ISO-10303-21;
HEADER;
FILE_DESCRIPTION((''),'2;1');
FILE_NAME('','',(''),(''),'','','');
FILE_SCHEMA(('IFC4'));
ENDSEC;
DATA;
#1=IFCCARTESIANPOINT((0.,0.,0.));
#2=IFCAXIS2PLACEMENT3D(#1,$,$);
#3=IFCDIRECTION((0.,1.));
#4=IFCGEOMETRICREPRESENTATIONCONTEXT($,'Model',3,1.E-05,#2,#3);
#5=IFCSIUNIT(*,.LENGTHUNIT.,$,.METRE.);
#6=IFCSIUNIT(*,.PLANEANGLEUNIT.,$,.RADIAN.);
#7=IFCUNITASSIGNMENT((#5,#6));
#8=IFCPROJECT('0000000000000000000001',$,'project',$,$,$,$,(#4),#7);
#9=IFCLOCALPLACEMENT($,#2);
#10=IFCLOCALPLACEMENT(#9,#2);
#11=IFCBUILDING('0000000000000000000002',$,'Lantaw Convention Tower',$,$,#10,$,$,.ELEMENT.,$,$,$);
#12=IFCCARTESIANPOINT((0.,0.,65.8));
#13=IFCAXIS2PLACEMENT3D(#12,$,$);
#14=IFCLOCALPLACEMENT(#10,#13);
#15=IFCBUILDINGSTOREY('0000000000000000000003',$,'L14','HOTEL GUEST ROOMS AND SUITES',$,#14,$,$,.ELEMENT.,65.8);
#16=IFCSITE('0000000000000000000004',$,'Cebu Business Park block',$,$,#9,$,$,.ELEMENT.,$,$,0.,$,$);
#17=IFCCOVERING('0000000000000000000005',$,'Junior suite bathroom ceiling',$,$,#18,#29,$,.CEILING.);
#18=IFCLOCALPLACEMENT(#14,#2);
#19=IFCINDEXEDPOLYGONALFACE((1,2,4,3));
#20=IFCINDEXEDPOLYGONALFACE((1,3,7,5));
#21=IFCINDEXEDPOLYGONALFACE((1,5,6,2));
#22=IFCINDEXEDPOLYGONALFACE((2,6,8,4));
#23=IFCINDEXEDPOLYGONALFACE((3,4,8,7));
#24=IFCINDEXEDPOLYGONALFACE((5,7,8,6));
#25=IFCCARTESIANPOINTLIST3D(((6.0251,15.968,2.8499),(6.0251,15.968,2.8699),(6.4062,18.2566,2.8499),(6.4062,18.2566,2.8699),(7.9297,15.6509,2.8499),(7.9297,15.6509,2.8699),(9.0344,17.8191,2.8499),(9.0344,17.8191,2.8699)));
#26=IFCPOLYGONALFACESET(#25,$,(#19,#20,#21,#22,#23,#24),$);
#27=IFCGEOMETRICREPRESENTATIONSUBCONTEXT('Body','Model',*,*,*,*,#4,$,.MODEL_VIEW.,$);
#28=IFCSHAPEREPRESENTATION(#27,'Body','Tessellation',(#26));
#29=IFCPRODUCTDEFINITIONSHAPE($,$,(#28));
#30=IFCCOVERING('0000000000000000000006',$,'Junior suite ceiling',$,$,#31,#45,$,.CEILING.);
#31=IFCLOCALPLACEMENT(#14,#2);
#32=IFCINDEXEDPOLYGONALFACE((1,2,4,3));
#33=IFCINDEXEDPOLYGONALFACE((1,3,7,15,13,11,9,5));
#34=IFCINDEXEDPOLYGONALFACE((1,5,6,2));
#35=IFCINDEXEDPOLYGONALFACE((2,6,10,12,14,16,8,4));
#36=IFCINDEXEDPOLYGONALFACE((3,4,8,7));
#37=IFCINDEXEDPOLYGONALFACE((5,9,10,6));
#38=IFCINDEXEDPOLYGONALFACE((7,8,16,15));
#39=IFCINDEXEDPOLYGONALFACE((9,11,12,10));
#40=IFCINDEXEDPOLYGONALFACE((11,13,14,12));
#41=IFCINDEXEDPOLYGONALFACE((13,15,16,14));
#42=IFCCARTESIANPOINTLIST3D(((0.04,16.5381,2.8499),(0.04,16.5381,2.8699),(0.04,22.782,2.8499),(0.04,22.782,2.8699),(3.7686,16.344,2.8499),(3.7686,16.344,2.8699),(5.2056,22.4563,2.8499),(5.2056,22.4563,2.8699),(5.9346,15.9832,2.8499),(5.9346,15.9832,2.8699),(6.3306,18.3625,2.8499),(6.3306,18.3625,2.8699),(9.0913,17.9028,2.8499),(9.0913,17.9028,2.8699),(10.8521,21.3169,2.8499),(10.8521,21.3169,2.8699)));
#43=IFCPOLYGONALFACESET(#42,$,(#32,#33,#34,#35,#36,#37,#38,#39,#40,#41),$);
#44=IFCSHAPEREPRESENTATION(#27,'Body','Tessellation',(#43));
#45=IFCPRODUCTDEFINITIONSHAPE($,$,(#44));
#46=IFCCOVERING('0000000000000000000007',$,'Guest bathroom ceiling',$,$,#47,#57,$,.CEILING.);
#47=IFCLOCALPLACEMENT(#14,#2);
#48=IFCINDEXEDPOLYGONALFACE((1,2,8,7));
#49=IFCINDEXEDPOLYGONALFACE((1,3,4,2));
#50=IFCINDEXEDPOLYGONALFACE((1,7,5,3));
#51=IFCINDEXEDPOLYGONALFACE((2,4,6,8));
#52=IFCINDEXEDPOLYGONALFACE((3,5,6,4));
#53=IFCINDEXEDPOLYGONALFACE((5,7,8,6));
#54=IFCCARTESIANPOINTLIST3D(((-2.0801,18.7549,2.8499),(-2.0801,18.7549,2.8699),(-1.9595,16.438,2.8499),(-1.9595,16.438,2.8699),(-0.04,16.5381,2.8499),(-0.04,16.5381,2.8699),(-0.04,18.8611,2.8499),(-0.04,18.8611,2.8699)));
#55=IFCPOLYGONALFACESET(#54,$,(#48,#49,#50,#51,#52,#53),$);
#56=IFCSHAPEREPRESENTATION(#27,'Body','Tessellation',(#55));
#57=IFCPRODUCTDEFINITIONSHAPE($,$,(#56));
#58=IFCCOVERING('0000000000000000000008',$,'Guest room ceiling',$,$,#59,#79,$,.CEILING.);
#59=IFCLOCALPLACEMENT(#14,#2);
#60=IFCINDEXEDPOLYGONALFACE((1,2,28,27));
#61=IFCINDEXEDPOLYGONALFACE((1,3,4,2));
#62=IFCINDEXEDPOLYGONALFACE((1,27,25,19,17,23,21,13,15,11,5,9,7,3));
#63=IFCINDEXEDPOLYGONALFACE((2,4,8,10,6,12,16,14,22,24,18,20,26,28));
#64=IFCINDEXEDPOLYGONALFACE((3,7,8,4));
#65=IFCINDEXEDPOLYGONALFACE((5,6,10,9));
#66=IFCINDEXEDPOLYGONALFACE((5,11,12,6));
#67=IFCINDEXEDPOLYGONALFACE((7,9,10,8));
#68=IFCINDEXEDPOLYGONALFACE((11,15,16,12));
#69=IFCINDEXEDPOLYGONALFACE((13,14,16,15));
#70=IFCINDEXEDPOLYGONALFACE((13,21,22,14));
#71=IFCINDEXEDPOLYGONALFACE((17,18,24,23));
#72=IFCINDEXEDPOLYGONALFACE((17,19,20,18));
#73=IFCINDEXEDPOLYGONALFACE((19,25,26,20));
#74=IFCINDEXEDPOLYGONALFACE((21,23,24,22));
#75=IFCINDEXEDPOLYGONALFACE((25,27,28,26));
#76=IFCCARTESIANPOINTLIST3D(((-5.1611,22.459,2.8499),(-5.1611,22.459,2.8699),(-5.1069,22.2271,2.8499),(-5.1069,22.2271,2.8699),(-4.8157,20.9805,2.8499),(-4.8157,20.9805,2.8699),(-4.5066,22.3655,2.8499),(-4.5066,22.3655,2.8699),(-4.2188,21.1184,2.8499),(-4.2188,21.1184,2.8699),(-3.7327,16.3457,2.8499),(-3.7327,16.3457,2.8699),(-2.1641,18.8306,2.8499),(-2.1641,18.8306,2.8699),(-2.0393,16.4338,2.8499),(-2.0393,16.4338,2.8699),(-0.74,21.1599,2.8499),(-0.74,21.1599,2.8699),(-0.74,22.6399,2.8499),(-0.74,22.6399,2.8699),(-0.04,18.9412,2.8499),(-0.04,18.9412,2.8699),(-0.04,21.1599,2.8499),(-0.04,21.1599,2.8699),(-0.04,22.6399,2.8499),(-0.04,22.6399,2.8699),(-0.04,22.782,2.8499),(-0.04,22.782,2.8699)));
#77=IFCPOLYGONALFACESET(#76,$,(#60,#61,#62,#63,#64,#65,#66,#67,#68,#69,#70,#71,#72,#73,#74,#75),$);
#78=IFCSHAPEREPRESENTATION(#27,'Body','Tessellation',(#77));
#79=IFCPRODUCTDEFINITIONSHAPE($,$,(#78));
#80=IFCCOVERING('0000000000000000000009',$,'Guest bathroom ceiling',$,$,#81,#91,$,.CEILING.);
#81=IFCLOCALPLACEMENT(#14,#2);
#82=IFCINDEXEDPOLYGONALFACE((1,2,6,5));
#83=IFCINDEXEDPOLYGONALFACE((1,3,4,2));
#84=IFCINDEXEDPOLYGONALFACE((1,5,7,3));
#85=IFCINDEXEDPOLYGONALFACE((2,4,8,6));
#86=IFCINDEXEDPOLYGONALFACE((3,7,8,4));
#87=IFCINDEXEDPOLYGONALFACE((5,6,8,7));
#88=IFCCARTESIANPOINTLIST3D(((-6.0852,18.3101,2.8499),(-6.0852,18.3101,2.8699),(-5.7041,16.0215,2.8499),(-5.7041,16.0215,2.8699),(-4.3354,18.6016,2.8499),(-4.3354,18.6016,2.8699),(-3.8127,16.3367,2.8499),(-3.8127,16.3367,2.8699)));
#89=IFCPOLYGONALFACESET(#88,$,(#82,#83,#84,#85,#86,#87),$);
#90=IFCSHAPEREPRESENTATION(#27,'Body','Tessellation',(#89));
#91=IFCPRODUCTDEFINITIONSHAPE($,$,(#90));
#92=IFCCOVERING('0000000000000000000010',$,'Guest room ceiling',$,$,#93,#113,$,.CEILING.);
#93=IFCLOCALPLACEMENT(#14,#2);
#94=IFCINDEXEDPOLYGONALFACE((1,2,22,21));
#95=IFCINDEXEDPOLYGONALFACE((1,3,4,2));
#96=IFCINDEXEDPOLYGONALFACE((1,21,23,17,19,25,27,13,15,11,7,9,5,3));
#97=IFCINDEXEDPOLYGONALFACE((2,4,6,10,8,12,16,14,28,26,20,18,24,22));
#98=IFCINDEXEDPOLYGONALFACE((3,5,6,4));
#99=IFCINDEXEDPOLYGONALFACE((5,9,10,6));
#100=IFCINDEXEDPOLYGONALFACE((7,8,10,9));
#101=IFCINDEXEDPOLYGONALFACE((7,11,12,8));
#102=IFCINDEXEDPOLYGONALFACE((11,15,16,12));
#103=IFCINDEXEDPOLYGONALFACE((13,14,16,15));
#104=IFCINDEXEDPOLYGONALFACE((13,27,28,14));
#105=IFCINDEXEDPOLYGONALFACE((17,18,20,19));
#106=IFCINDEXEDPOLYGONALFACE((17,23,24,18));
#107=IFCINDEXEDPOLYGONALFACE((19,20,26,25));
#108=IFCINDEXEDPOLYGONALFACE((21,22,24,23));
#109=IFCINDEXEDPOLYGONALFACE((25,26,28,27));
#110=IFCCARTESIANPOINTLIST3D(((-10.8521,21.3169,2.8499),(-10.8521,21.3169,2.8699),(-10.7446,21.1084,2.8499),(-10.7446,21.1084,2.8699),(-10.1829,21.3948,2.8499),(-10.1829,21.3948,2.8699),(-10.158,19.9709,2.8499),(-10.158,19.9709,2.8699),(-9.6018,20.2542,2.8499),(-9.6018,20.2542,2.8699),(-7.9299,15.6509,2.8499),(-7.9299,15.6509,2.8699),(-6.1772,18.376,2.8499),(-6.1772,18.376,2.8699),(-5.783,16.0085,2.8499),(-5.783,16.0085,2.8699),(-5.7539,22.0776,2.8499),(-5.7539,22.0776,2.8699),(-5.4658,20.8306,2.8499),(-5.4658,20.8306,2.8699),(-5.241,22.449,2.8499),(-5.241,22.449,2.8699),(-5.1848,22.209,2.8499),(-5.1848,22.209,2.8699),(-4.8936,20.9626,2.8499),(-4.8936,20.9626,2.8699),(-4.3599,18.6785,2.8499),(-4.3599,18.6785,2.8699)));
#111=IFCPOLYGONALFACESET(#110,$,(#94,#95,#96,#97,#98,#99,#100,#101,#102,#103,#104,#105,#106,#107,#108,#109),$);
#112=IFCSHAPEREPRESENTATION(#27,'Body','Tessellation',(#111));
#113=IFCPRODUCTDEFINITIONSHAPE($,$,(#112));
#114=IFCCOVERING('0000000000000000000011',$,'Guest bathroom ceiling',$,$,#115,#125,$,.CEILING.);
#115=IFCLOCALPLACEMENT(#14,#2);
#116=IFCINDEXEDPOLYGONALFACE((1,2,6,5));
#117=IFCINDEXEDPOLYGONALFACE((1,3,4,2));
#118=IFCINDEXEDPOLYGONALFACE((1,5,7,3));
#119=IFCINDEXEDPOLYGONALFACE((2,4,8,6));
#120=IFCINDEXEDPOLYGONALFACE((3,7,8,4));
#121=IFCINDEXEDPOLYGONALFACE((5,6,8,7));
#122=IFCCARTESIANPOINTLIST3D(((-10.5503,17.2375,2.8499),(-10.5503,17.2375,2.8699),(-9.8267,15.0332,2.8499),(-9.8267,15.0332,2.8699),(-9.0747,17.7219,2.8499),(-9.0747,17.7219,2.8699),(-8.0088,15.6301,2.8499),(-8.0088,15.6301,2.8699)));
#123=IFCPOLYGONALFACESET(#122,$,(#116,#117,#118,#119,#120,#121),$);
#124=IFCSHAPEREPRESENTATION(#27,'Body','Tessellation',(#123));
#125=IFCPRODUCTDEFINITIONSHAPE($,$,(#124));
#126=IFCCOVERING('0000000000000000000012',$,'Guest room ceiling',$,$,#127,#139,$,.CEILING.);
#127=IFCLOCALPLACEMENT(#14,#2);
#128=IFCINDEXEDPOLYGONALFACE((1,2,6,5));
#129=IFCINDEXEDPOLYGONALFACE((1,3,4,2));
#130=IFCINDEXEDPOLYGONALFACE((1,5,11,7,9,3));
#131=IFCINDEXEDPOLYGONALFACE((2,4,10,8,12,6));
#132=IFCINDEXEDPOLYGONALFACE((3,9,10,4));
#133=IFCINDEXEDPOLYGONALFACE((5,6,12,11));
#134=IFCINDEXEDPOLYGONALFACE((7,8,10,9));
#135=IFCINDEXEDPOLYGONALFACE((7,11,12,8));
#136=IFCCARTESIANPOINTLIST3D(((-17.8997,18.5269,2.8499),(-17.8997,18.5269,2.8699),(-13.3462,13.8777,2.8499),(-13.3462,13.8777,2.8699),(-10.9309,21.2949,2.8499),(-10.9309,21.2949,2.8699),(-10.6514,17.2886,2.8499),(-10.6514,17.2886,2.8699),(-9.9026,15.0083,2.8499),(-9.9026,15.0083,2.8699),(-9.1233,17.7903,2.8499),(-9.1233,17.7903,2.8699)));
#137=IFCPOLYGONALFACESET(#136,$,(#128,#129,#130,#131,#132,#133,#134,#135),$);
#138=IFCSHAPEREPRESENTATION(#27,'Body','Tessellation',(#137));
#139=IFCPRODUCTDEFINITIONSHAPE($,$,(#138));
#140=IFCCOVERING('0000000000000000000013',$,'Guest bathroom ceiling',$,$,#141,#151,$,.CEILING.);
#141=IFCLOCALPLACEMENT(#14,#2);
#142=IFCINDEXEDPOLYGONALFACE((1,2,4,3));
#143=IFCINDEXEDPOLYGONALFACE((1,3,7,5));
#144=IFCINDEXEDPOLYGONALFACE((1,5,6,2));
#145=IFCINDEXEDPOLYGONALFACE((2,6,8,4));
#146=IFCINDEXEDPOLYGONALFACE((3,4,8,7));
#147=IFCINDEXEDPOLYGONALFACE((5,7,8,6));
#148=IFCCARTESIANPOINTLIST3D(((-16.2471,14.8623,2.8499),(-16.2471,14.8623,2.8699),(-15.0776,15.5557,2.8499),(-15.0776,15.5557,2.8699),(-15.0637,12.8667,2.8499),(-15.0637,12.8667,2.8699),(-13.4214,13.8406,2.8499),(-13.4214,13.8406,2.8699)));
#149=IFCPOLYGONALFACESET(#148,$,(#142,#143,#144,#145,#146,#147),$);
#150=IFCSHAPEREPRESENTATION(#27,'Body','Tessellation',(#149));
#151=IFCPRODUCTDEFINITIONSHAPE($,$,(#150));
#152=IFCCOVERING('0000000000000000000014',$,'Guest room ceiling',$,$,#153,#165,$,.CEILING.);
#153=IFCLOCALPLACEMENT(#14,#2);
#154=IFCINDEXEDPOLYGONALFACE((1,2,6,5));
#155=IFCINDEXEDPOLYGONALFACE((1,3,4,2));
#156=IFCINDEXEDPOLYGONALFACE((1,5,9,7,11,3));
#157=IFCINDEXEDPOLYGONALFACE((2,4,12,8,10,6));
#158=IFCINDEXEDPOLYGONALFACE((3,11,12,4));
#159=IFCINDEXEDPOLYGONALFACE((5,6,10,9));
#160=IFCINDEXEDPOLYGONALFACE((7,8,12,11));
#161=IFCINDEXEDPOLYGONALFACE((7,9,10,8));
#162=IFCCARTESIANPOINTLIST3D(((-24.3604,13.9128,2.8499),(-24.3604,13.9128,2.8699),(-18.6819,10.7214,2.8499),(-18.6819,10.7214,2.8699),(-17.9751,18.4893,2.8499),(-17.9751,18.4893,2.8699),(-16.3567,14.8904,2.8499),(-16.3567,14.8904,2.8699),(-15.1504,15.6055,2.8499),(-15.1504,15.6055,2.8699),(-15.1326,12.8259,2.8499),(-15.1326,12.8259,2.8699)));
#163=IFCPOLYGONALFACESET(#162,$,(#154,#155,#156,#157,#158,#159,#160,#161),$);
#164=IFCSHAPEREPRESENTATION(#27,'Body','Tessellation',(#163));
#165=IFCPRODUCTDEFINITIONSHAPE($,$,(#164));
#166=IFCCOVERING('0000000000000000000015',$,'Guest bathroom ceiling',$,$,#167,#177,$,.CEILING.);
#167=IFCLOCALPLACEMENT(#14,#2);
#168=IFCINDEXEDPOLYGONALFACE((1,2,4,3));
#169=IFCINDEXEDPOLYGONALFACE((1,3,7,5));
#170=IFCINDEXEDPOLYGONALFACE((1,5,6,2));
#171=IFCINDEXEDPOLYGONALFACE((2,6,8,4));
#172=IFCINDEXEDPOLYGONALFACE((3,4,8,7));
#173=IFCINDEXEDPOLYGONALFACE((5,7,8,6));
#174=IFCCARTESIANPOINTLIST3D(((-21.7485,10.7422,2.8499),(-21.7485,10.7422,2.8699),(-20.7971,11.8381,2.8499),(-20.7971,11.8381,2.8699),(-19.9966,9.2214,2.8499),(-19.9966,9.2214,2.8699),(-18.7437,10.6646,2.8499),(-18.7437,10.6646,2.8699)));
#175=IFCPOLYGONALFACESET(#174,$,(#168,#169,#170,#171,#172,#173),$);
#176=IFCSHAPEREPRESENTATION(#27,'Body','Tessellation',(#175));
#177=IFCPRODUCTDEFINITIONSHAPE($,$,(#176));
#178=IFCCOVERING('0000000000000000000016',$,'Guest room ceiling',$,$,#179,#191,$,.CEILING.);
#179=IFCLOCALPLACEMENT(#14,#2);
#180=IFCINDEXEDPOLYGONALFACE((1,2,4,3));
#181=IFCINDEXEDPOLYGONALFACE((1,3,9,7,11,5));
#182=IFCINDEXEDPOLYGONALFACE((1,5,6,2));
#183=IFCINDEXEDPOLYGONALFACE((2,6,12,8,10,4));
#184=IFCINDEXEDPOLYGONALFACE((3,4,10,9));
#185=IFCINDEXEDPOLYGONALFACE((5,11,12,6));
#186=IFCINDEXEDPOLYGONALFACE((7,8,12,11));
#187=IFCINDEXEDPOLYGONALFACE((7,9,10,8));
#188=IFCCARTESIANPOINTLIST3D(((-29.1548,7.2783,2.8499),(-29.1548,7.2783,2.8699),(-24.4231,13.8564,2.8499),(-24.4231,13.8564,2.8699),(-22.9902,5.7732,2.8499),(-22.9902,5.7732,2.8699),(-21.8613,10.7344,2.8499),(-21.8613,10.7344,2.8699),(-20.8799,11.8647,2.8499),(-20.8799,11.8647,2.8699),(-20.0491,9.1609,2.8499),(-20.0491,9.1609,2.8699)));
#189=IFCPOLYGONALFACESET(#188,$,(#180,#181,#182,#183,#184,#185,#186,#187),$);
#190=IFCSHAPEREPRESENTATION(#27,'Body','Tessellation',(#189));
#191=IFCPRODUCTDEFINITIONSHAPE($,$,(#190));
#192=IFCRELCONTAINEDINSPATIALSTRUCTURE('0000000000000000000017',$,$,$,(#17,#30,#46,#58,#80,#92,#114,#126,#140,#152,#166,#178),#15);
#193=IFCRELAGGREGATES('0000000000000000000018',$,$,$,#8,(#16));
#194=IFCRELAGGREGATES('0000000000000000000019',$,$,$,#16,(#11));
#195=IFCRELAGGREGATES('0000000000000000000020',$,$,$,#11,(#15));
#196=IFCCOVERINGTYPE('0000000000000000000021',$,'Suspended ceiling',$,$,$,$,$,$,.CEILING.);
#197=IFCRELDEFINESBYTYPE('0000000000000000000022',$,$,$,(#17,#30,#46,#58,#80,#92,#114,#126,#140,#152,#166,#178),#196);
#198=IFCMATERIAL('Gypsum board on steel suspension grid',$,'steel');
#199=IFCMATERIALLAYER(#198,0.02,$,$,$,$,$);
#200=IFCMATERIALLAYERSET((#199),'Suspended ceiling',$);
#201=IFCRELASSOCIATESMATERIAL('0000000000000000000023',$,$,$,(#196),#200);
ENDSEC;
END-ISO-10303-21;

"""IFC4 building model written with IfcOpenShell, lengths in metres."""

from ifc_helpers import new_model, si_unit, direction, frame, origin, place, context, subcontext, project, spatial, polyline, outline, extrude, material, layer, layer_set, type_object, element, save


model = new_model("IFC4")

# Units and contexts
model_context = context("Model", 3, precision=1e-05, world=origin(), true_north=direction((0.0, 1.0)))
body_context = subcontext(model_context, "Body", "Model", "MODEL_VIEW")
ifc_project = project(units=[si_unit("LENGTHUNIT", "METRE"), si_unit("PLANEANGLEUNIT", "RADIAN")], contexts=[model_context])

# Site, building, storey
site_placement = place(None, origin())
site = spatial("IfcSite", under=ifc_project, at=site_placement, Name="Cebu Business Park block", CompositionType="ELEMENT", RefElevation=0.0)
building_placement = place(site_placement, origin())
building = spatial("IfcBuilding", under=site, at=building_placement, Name="Lantaw Convention Tower", CompositionType="ELEMENT")
storey_placement = place(building_placement, frame((0.0, 0.0, 65.8)))
storey = spatial("IfcBuildingStorey", under=building, at=storey_placement, Name="L14", Description="HOTEL GUEST ROOMS AND SUITES", CompositionType="ELEMENT", Elevation=65.8)

# Coverings
ifc_material_1 = material(Name="Gypsum board on steel suspension grid", Category="steel")
ifc_layer_1 = layer(ifc_material_1, 0.02)
ifc_layer_set_1 = layer_set([ifc_layer_1], Name="Suspended ceiling")
covering_type = type_object("IfcCoveringType", Name="Suspended ceiling", PredefinedType="CEILING", material=ifc_layer_set_1)
covering_1_placement = place(storey_placement, frame((0.0, 0.0, 2.8499)))
element("IfcCovering", 1, at=covering_1_placement, inside=storey, type_object=covering_type, Name="Junior suite bathroom ceiling", PredefinedType="CEILING", context=body_context, shape_type="SweptSolid", body=[
    extrude(outline(polyline([(7.9297, 15.6509), (9.0344, 17.8191), (6.4062, 18.2566), (6.0251, 15.968), (7.9297, 15.6509)])), origin(), (0.0, 0.0, 1.0), 0.02),
])
covering_2_placement = place(storey_placement, frame((0.0, 0.0, 2.8499)))
element("IfcCovering", 2, at=covering_2_placement, inside=storey, type_object=covering_type, Name="Junior suite ceiling", PredefinedType="CEILING", context=body_context, shape_type="SweptSolid", body=[
    extrude(outline(polyline([(0.04, 16.5381), (3.7686, 16.344), (5.9346, 15.9832), (6.3306, 18.3625), (9.0913, 17.9028), (10.8521, 21.3169), (5.2056, 22.4563), (0.04, 22.782), (0.04, 16.5381)])), origin(), (0.0, 0.0, 1.0), 0.02),
])
covering_3_placement = place(storey_placement, frame((0.0, 0.0, 2.8499)))
element("IfcCovering", 3, at=covering_3_placement, inside=storey, type_object=covering_type, Name="Guest bathroom ceiling", PredefinedType="CEILING", context=body_context, shape_type="SweptSolid", body=[
    extrude(outline(polyline([(-0.04, 16.5381), (-0.04, 18.8611), (-2.0801, 18.7549), (-1.9595, 16.438), (-0.04, 16.5381)])), origin(), (0.0, 0.0, 1.0), 0.02),
])
covering_4_placement = place(storey_placement, frame((0.0, 0.0, 2.8499)))
element("IfcCovering", 4, at=covering_4_placement, inside=storey, type_object=covering_type, Name="Guest room ceiling", PredefinedType="CEILING", context=body_context, shape_type="SweptSolid", body=[
    extrude(outline(polyline([(-4.8157, 20.9805), (-3.7327, 16.3457), (-2.0393, 16.4338), (-2.1641, 18.8306), (-0.04, 18.9412), (-0.04, 21.1599), (-0.74, 21.1599), (-0.74, 22.6399), (-0.04, 22.6399), (-0.04, 22.782), (-5.1611, 22.459), (-5.1069, 22.2271), (-4.5066, 22.3655), (-4.2188, 21.1184), (-4.8157, 20.9805)])), origin(), (0.0, 0.0, 1.0), 0.02),
])
covering_5_placement = place(storey_placement, frame((0.0, 0.0, 2.8499)))
element("IfcCovering", 5, at=covering_5_placement, inside=storey, type_object=covering_type, Name="Guest bathroom ceiling", PredefinedType="CEILING", context=body_context, shape_type="SweptSolid", body=[
    extrude(outline(polyline([(-3.8127, 16.3367), (-4.3354, 18.6016), (-6.0852, 18.3101), (-5.7041, 16.0215), (-3.8127, 16.3367)])), origin(), (0.0, 0.0, 1.0), 0.02),
])
covering_6_placement = place(storey_placement, frame((0.0, 0.0, 2.8499)))
element("IfcCovering", 6, at=covering_6_placement, inside=storey, type_object=covering_type, Name="Guest room ceiling", PredefinedType="CEILING", context=body_context, shape_type="SweptSolid", body=[
    extrude(outline(polyline([(-10.158, 19.9709), (-7.9299, 15.6509), (-5.783, 16.0085), (-6.1772, 18.376), (-4.3599, 18.6785), (-4.8936, 20.9626), (-5.4658, 20.8306), (-5.7539, 22.0776), (-5.1848, 22.209), (-5.241, 22.449), (-10.8521, 21.3169), (-10.7446, 21.1084), (-10.1829, 21.3948), (-9.6018, 20.2542), (-10.158, 19.9709)])), origin(), (0.0, 0.0, 1.0), 0.02),
])
covering_7_placement = place(storey_placement, frame((0.0, 0.0, 2.8499)))
element("IfcCovering", 7, at=covering_7_placement, inside=storey, type_object=covering_type, Name="Guest bathroom ceiling", PredefinedType="CEILING", context=body_context, shape_type="SweptSolid", body=[
    extrude(outline(polyline([(-8.0088, 15.6301), (-9.0747, 17.7219), (-10.5503, 17.2375), (-9.8267, 15.0332), (-8.0088, 15.6301)])), origin(), (0.0, 0.0, 1.0), 0.02),
])
covering_8_placement = place(storey_placement, frame((0.0, 0.0, 2.8499)))
element("IfcCovering", 8, at=covering_8_placement, inside=storey, type_object=covering_type, Name="Guest room ceiling", PredefinedType="CEILING", context=body_context, shape_type="SweptSolid", body=[
    extrude(outline(polyline([(-13.3462, 13.8777), (-9.9026, 15.0083), (-10.6514, 17.2886), (-9.1233, 17.7903), (-10.9309, 21.2949), (-17.8997, 18.5269), (-13.3462, 13.8777)])), origin(), (0.0, 0.0, 1.0), 0.02),
])
covering_9_placement = place(storey_placement, frame((0.0, 0.0, 2.8499)))
element("IfcCovering", 9, at=covering_9_placement, inside=storey, type_object=covering_type, Name="Guest bathroom ceiling", PredefinedType="CEILING", context=body_context, shape_type="SweptSolid", body=[
    extrude(outline(polyline([(-13.4214, 13.8406), (-15.0776, 15.5557), (-16.2471, 14.8623), (-15.0637, 12.8667), (-13.4214, 13.8406)])), origin(), (0.0, 0.0, 1.0), 0.02),
])
covering_10_placement = place(storey_placement, frame((0.0, 0.0, 2.8499)))
element("IfcCovering", 10, at=covering_10_placement, inside=storey, type_object=covering_type, Name="Guest room ceiling", PredefinedType="CEILING", context=body_context, shape_type="SweptSolid", body=[
    extrude(outline(polyline([(-18.6819, 10.7214), (-15.1326, 12.8259), (-16.3567, 14.8904), (-15.1504, 15.6055), (-17.9751, 18.4893), (-24.3604, 13.9128), (-18.6819, 10.7214)])), origin(), (0.0, 0.0, 1.0), 0.02),
])
covering_11_placement = place(storey_placement, frame((0.0, 0.0, 2.8499)))
element("IfcCovering", 11, at=covering_11_placement, inside=storey, type_object=covering_type, Name="Guest bathroom ceiling", PredefinedType="CEILING", context=body_context, shape_type="SweptSolid", body=[
    extrude(outline(polyline([(-18.7437, 10.6646), (-20.7971, 11.8381), (-21.7485, 10.7422), (-19.9966, 9.2214), (-18.7437, 10.6646)])), origin(), (0.0, 0.0, 1.0), 0.02),
])
covering_12_placement = place(storey_placement, frame((0.0, 0.0, 2.8499)))
element("IfcCovering", 12, at=covering_12_placement, inside=storey, type_object=covering_type, Name="Guest room ceiling", PredefinedType="CEILING", context=body_context, shape_type="SweptSolid", body=[
    extrude(outline(polyline([(-22.9902, 5.7732), (-20.0491, 9.1609), (-21.8613, 10.7344), (-20.8799, 11.8647), (-24.4231, 13.8564), (-29.1548, 7.2783), (-22.9902, 5.7732)])), origin(), (0.0, 0.0, 1.0), 0.02),
])

save(model, "model.ifc")
